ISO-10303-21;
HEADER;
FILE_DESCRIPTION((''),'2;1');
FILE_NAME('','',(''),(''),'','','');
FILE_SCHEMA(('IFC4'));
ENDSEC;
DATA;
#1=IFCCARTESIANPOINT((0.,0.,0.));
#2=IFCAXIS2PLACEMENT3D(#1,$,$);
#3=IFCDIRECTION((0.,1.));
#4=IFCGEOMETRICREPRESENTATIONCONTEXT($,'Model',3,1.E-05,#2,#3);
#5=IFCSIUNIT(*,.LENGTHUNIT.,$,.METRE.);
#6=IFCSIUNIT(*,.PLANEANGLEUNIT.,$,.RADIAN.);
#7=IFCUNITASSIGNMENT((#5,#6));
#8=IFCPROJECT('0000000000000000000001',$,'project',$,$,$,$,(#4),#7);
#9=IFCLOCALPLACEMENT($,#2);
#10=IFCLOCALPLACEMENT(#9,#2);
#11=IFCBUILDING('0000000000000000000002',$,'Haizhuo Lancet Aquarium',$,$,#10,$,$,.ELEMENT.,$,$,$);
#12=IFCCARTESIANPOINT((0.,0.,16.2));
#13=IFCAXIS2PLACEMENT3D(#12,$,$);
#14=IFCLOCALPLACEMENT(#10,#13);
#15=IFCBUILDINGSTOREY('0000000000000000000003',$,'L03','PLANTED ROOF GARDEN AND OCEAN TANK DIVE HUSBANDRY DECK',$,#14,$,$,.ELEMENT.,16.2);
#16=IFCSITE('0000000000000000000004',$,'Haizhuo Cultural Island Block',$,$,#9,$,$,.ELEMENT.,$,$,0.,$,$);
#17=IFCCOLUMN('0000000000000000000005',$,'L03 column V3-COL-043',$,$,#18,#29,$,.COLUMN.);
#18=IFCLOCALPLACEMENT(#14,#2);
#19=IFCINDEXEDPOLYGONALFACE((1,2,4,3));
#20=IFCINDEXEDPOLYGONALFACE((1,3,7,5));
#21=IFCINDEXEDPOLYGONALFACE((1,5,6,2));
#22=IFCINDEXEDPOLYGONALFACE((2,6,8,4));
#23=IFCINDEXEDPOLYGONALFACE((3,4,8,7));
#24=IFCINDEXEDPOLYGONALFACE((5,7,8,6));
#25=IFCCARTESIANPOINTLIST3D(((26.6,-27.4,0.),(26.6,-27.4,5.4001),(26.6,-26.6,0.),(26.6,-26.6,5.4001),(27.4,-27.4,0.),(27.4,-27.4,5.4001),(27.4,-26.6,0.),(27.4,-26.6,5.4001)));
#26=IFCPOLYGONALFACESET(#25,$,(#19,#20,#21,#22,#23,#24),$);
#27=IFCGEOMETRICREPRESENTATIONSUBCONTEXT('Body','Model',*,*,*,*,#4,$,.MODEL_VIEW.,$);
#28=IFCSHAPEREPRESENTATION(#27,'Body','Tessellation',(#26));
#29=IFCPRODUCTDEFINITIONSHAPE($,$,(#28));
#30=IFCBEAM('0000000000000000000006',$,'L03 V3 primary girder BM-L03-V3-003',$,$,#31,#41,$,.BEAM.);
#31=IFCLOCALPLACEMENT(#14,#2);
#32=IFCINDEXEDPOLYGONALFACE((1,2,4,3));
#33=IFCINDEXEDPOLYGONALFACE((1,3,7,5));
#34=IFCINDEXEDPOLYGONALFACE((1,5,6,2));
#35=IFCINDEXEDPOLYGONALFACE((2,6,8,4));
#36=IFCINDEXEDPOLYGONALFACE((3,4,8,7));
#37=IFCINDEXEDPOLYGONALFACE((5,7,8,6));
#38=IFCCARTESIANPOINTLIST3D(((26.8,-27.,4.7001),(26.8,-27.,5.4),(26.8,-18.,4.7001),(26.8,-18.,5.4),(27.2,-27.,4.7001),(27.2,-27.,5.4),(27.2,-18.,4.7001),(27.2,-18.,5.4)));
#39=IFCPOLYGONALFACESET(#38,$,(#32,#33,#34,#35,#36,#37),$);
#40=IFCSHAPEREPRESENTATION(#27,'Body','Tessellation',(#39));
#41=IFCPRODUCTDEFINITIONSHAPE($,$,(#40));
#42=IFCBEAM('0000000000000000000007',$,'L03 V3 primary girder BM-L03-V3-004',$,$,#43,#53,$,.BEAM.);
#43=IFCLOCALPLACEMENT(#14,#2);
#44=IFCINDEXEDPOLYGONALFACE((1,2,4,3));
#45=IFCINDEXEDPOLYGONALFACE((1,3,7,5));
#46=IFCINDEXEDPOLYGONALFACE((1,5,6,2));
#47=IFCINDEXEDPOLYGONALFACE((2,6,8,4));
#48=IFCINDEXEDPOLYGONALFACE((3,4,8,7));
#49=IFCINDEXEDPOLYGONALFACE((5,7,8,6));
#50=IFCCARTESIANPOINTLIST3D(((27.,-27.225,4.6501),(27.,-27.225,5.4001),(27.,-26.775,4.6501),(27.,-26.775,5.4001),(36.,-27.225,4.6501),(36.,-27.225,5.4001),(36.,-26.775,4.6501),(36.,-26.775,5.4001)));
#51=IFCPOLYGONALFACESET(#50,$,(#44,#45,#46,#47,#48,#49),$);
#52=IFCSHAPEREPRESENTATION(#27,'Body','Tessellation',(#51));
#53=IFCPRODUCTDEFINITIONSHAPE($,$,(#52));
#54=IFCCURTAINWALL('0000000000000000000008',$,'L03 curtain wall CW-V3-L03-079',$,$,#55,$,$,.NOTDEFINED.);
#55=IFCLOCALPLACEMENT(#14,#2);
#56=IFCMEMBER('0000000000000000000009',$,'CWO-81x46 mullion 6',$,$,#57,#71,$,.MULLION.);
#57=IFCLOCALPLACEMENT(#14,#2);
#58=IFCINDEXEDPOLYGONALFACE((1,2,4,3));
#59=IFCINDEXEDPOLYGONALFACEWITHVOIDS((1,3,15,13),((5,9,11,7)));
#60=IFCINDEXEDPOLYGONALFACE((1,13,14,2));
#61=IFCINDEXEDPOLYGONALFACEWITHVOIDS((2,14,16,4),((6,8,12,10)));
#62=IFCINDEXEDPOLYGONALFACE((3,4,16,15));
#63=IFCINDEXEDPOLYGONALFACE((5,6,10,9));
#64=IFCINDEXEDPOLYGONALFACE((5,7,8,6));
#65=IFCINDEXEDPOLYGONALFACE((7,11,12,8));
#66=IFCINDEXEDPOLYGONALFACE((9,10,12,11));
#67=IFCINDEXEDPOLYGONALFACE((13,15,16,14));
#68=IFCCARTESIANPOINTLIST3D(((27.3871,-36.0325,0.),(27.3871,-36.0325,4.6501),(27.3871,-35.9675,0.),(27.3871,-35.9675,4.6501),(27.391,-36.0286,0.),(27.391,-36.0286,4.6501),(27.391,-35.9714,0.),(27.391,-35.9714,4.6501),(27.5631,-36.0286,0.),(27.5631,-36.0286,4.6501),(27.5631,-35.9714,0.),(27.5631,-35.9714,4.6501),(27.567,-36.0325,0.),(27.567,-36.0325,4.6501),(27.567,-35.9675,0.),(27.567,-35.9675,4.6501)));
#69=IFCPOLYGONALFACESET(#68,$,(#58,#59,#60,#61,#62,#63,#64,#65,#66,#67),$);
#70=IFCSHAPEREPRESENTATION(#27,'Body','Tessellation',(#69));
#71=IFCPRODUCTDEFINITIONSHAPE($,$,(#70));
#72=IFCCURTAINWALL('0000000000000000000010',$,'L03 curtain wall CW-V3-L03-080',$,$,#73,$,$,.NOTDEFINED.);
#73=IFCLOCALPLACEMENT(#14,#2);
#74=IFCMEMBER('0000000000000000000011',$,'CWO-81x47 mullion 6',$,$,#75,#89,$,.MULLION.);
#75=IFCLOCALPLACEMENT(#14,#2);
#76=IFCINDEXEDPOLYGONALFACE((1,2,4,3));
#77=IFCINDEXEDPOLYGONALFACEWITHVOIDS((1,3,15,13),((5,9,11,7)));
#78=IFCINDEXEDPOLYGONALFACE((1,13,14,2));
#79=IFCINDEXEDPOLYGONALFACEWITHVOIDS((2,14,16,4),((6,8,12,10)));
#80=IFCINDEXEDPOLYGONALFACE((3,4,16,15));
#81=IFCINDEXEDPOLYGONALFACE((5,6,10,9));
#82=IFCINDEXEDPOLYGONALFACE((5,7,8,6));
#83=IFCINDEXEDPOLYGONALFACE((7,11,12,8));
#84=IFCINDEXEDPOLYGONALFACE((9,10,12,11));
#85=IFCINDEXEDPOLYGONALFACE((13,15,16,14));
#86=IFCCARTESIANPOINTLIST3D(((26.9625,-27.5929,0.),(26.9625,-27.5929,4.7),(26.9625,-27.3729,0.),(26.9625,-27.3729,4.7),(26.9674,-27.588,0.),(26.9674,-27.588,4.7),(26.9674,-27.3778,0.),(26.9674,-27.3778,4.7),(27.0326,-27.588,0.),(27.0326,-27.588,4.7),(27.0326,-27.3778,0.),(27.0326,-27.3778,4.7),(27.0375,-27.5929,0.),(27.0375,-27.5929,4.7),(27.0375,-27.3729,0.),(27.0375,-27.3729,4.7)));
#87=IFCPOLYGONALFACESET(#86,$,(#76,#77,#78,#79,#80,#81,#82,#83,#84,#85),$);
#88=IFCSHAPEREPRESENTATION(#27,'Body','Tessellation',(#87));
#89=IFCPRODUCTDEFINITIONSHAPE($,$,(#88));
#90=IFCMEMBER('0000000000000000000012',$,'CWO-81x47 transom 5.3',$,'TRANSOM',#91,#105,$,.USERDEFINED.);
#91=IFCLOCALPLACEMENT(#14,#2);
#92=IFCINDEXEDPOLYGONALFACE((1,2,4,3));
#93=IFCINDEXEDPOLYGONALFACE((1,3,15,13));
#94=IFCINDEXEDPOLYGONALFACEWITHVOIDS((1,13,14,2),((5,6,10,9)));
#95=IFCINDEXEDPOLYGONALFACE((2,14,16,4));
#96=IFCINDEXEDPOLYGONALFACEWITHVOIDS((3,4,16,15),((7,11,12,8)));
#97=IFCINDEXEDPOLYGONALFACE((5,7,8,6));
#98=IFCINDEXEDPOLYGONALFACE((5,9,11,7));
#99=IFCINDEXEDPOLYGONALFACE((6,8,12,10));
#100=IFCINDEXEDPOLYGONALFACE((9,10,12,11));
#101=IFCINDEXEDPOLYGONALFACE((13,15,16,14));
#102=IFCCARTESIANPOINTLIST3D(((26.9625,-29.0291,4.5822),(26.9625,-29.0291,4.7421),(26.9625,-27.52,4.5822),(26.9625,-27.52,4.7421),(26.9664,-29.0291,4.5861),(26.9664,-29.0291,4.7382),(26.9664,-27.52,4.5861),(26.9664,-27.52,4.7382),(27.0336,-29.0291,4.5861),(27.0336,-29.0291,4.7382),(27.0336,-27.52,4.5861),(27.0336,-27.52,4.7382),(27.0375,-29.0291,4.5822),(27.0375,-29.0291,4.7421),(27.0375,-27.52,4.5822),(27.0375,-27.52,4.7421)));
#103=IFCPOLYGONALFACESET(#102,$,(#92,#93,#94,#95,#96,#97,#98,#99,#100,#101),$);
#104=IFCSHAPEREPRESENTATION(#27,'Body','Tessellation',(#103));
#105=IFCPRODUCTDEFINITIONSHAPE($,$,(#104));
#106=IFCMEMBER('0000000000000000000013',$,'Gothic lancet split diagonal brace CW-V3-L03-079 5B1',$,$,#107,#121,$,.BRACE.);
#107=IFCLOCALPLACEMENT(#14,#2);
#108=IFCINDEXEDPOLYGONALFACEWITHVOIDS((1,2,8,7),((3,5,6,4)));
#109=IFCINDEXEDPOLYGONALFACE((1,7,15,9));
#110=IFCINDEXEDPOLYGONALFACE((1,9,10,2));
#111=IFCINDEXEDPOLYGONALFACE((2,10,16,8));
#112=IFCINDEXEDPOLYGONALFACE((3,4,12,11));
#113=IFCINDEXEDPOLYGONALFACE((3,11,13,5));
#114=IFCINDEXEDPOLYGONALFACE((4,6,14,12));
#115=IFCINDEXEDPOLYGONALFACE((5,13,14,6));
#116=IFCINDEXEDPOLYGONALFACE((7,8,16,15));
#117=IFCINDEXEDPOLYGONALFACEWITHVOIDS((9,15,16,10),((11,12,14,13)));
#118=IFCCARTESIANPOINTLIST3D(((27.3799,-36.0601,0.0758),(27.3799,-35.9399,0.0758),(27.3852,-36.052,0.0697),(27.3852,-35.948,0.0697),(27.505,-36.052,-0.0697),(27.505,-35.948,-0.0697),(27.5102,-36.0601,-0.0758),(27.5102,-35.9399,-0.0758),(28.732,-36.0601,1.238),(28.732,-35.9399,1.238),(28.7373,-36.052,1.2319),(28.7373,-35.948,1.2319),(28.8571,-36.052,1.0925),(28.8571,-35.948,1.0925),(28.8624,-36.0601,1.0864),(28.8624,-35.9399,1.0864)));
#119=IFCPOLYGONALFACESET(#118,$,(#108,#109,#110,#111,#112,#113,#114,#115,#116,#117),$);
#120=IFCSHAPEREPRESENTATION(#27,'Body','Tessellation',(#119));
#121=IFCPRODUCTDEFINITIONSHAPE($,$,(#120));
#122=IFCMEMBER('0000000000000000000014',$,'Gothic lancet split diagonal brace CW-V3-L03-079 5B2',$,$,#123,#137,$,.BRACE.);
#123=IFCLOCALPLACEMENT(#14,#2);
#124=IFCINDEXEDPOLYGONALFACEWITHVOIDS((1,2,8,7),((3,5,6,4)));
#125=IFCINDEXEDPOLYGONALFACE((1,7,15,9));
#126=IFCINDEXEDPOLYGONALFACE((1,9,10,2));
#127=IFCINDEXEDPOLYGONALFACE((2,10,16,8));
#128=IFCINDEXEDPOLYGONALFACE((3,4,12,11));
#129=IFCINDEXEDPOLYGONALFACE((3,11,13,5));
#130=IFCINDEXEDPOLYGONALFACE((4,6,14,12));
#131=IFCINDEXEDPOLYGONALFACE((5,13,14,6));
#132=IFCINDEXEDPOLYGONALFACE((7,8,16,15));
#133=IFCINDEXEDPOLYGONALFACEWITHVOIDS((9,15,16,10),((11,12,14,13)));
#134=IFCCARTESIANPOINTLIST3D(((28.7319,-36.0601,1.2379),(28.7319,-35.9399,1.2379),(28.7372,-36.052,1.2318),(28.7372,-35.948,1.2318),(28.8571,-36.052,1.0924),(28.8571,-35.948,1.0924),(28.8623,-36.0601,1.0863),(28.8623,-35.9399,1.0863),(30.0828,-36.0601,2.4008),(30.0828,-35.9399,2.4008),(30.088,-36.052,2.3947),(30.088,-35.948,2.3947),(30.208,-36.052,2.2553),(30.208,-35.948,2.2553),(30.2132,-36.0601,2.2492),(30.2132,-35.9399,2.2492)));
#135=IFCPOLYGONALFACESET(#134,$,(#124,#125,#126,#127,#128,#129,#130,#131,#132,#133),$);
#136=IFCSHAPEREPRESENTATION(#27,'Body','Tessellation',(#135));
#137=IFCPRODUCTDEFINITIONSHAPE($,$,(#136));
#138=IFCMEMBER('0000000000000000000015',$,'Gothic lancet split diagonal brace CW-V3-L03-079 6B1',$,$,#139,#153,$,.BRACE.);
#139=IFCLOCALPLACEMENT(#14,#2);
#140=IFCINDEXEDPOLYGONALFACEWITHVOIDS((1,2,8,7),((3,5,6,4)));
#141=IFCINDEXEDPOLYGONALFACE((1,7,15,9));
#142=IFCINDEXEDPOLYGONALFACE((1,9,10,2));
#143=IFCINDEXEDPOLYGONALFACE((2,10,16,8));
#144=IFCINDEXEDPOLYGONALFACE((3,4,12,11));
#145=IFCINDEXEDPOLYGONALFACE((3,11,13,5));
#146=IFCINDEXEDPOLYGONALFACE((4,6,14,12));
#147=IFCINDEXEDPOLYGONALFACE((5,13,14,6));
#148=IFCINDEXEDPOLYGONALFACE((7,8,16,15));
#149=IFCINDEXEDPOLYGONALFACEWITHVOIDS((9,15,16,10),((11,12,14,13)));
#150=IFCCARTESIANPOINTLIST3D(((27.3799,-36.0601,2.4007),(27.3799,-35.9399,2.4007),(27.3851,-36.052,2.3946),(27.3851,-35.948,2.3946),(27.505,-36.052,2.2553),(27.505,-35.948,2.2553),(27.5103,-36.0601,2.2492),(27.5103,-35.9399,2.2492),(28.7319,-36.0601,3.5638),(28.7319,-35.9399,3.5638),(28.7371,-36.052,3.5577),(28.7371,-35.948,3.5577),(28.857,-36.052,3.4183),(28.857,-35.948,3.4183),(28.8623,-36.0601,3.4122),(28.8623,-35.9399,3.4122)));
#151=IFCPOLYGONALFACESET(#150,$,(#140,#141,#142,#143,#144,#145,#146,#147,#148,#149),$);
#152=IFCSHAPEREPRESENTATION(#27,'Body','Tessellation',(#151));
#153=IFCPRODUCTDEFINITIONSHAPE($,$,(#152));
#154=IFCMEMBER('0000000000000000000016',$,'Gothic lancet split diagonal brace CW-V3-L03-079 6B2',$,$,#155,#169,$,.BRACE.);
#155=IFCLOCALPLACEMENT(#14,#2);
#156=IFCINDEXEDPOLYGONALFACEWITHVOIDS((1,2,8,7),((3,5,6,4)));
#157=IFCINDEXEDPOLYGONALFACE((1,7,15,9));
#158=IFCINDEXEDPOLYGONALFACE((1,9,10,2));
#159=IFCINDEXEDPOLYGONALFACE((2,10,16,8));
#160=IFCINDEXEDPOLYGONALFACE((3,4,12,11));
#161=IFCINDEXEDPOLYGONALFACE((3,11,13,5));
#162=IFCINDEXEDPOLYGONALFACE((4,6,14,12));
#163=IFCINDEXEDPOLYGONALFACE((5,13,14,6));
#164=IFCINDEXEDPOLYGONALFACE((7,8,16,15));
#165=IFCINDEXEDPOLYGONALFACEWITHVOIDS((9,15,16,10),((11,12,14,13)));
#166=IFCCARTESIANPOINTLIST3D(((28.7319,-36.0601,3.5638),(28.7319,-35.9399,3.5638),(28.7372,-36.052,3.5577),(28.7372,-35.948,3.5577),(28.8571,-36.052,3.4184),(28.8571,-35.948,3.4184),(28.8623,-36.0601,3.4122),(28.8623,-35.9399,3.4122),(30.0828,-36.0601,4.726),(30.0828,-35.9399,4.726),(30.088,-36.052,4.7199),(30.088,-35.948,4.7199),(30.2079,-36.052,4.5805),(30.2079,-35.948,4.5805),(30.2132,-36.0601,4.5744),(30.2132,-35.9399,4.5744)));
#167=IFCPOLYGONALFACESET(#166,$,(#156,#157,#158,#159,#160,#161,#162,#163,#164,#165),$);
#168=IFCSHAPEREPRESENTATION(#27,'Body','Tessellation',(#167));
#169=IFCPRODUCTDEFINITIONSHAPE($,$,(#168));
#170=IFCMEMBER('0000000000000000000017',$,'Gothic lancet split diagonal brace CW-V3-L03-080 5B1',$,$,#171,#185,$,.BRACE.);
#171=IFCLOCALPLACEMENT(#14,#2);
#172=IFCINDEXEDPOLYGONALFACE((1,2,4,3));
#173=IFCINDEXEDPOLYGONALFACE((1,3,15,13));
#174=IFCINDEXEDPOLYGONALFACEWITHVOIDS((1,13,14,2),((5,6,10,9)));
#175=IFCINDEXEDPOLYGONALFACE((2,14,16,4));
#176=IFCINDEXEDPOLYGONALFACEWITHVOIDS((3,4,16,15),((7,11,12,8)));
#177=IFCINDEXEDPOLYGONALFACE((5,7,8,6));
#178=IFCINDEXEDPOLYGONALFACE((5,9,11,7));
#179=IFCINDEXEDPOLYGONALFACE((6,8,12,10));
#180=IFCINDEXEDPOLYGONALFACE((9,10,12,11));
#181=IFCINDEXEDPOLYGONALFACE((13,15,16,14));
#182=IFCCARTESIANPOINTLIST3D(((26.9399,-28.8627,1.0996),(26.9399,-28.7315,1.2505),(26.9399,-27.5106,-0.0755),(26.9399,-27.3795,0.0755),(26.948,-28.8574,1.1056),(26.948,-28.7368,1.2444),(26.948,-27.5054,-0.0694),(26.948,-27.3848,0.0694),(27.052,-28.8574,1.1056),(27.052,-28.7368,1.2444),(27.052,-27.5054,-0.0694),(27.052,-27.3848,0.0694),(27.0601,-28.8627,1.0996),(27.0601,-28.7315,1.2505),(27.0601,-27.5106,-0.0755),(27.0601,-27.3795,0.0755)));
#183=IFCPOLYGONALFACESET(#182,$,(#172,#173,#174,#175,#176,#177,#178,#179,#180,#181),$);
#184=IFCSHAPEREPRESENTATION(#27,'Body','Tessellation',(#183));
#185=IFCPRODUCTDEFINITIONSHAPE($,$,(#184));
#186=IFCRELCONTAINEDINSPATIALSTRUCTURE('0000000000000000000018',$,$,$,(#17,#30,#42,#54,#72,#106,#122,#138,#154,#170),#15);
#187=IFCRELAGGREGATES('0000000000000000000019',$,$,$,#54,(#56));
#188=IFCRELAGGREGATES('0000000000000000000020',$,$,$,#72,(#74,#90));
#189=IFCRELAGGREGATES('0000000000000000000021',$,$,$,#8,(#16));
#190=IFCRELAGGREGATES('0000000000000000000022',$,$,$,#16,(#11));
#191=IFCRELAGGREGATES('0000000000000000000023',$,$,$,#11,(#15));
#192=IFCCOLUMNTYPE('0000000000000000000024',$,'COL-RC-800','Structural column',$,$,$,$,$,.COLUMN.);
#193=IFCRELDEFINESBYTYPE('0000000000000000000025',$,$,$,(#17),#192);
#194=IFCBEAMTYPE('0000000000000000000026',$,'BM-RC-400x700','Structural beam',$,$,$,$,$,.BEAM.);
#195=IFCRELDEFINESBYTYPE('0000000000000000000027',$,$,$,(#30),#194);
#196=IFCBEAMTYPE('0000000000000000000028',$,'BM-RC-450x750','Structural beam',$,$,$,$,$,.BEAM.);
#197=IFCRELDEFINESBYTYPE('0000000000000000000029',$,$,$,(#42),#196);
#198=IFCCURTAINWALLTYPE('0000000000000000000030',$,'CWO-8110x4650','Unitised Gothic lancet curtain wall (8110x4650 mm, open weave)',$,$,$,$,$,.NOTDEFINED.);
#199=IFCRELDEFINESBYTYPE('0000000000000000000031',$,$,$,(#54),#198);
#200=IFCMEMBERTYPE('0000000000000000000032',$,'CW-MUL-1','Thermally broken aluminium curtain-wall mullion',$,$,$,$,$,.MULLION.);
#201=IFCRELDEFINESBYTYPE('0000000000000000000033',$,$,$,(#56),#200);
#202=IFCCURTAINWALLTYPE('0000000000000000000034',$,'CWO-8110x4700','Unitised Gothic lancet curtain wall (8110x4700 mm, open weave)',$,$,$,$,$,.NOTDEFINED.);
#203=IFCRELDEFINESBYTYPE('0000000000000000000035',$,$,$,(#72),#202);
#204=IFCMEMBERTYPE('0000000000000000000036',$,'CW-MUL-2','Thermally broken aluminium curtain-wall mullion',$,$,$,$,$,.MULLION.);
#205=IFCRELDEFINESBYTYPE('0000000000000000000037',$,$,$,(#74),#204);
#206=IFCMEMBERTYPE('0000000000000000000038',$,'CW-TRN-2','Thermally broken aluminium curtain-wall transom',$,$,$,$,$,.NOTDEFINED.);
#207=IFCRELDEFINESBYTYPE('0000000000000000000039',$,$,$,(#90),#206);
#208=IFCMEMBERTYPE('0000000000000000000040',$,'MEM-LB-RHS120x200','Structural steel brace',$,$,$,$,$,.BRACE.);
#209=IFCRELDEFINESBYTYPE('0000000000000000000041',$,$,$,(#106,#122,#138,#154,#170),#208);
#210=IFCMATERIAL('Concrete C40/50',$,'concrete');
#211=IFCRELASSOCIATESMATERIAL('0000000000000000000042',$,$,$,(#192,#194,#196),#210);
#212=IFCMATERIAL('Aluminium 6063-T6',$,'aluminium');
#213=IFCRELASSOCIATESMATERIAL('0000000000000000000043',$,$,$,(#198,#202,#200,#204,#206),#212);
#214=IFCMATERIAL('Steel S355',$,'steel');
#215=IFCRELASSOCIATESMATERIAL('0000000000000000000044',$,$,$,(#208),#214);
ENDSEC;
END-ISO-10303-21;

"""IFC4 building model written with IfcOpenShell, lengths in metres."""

from ifc_helpers import new_model, si_unit, direction, frame, origin, origin_2d, place, context, subcontext, project, spatial, rectangle, hollow_rectangle, extrude, material, material_profile, profile_set, type_object, element, aggregate, save


model = new_model("IFC4")

# Units and contexts
model_context = context("Model", 3, precision=1e-05, world=origin(), true_north=direction((0.0, 1.0)))
body_context = subcontext(model_context, "Body", "Model", "MODEL_VIEW")
ifc_project = project(units=[si_unit("LENGTHUNIT", "METRE"), si_unit("PLANEANGLEUNIT", "RADIAN")], contexts=[model_context])

# Site, building, storey
site_placement = place(None, origin())
site = spatial("IfcSite", under=ifc_project, at=site_placement, Name="Haizhuo Cultural Island Block", CompositionType="ELEMENT", RefElevation=0.0)
building_placement = place(site_placement, origin())
building = spatial("IfcBuilding", under=site, at=building_placement, Name="Haizhuo Lancet Aquarium", CompositionType="ELEMENT")
storey_placement = place(building_placement, frame((0.0, 0.0, 16.2)))
storey = spatial("IfcBuildingStorey", under=building, at=storey_placement, Name="L03", Description="PLANTED ROOF GARDEN AND OCEAN TANK DIVE HUSBANDRY DECK", CompositionType="ELEMENT", Elevation=16.2)

# Column
ifc_material_1 = material(Name="Concrete C40/50", Category="concrete")
ifc_material_profile_1 = material_profile(ifc_material_1, rectangle(XDim=0.8, YDim=0.8, at=origin_2d()), Name="RC-COL 800x800")
ifc_profile_set_1 = profile_set([ifc_material_profile_1], Name="Concrete C40/50")
column_type = type_object("IfcColumnType", Name="COL-RC-800", Description="Structural column", PredefinedType="COLUMN", material=ifc_profile_set_1)
column_placement = place(storey_placement, frame((27.0, -27.0, 0.0), z_axis=(0.0, 0.0, 1.0), x_axis=(1.0, 0.0, 0.0)))
element("IfcColumn", 1, at=column_placement, inside=storey, type_object=column_type, Name="L03 column V3-COL-043", PredefinedType="COLUMN", context=body_context, shape_type="SweptSolid", body=[
    extrude(rectangle(XDim=0.8, YDim=0.8, at=origin_2d()), origin(), (0.0, 0.0, 1.0), 5.4001),
])

# Beams
ifc_material_profile_2 = material_profile(ifc_material_1, rectangle(XDim=0.3999, YDim=0.7, at=origin_2d()), Name="RC-BM 400x700")
ifc_profile_set_2 = profile_set([ifc_material_profile_2], Name="Concrete C40/50")
beam_type_1 = type_object("IfcBeamType", Name="BM-RC-400x700", Description="Structural beam", PredefinedType="BEAM", material=ifc_profile_set_2)
beam_1_placement = place(storey_placement, frame((27.0, -27.0, 5.05), z_axis=(0.0, 1.0, 0.0), x_axis=(-1.0, 0.0, 0.0)))
element("IfcBeam", 2, at=beam_1_placement, inside=storey, type_object=beam_type_1, Name="L03 V3 primary girder BM-L03-V3-003", PredefinedType="BEAM", context=body_context, shape_type="SweptSolid", body=[
    extrude(rectangle(XDim=0.3999, YDim=0.7, at=origin_2d()), origin(), (0.0, 0.0, 1.0), 9.0),
])
ifc_material_profile_3 = material_profile(ifc_material_1, rectangle(XDim=0.45, YDim=0.75, at=origin_2d()), Name="RC-BM 450x750")
ifc_profile_set_3 = profile_set([ifc_material_profile_3], Name="Concrete C40/50")
beam_type_2 = type_object("IfcBeamType", Name="BM-RC-450x750", Description="Structural beam", PredefinedType="BEAM", material=ifc_profile_set_3)
beam_2_placement = place(storey_placement, frame((27.0, -27.0, 5.0251), z_axis=(1.0, 0.0, 0.0), x_axis=(0.0, 1.0, 0.0)))
element("IfcBeam", 3, at=beam_2_placement, inside=storey, type_object=beam_type_2, Name="L03 V3 primary girder BM-L03-V3-004", PredefinedType="BEAM", context=body_context, shape_type="SweptSolid", body=[
    extrude(rectangle(XDim=0.45, YDim=0.75, at=origin_2d()), origin(), (0.0, 0.0, 1.0), 9.0),
])

# Curtain wall, member
ifc_material_2 = material(Name="Aluminium 6063-T6", Category="aluminium")
curtain_wall_type_1 = type_object("IfcCurtainWallType", Name="CWO-8110x4650", Description="Unitised Gothic lancet curtain wall (8110x4650 mm, open weave)", PredefinedType="NOTDEFINED", material=ifc_material_2)
curtain_wall_1_placement = place(storey_placement, origin())
curtain_wall_1 = element("IfcCurtainWall", 4, at=curtain_wall_1_placement, inside=storey, type_object=curtain_wall_type_1, Name="L03 curtain wall CW-V3-L03-079", PredefinedType="NOTDEFINED")
ifc_material_profile_4 = material_profile(ifc_material_2, hollow_rectangle(XDim=0.0649, YDim=0.1799, WallThickness=0.0039, at=origin_2d()), Name="ALU-M 65x180x4")
ifc_profile_set_4 = profile_set([ifc_material_profile_4], Name="Aluminium 6063-T6")
member_type_1 = type_object("IfcMemberType", Name="CW-MUL-1", Description="Thermally broken aluminium curtain-wall mullion", PredefinedType="MULLION", material=ifc_profile_set_4)
member_1_placement = place(storey_placement, frame((27.4771, -36.0, 0.0), z_axis=(0.0, 0.0, 1.0), x_axis=(0.0, -1.0, 0.0)))
member_1 = element("IfcMember", 5, at=member_1_placement, type_object=member_type_1, Name="CWO-81x46 mullion 6", PredefinedType="MULLION", context=body_context, shape_type="SweptSolid", body=[
    extrude(hollow_rectangle(XDim=0.0649, YDim=0.1799, WallThickness=0.0039, at=origin_2d()), origin(), (0.0, 0.0, 1.0), 4.6501),
])

# Curtain wall, members
curtain_wall_type_2 = type_object("IfcCurtainWallType", Name="CWO-8110x4700", Description="Unitised Gothic lancet curtain wall (8110x4700 mm, open weave)", PredefinedType="NOTDEFINED", material=ifc_material_2)
curtain_wall_2_placement = place(storey_placement, origin())
curtain_wall_2 = element("IfcCurtainWall", 6, at=curtain_wall_2_placement, inside=storey, type_object=curtain_wall_type_2, Name="L03 curtain wall CW-V3-L03-080", PredefinedType="NOTDEFINED")
ifc_material_profile_5 = material_profile(ifc_material_2, hollow_rectangle(XDim=0.075, YDim=0.22, WallThickness=0.0049, at=origin_2d()), Name="ALU-M 75x220x5")
ifc_profile_set_5 = profile_set([ifc_material_profile_5], Name="Aluminium 6063-T6")
member_type_2 = type_object("IfcMemberType", Name="CW-MUL-2", Description="Thermally broken aluminium curtain-wall mullion", PredefinedType="MULLION", material=ifc_profile_set_5)
member_2_placement = place(storey_placement, frame((27.0, -27.4829, 0.0), z_axis=(0.0, 0.0, 1.0), x_axis=(-1.0, 0.0, 0.0)))
member_2 = element("IfcMember", 7, at=member_2_placement, type_object=member_type_2, Name="CWO-81x47 mullion 6", PredefinedType="MULLION", context=body_context, shape_type="SweptSolid", body=[
    extrude(hollow_rectangle(XDim=0.075, YDim=0.22, WallThickness=0.0049, at=origin_2d()), origin(), (0.0, 0.0, 1.0), 4.7),
])
ifc_material_profile_6 = material_profile(ifc_material_2, hollow_rectangle(XDim=0.075, YDim=0.1599, WallThickness=0.0039, at=origin_2d()), Name="ALU-T 75x160x4")
ifc_profile_set_6 = profile_set([ifc_material_profile_6], Name="Aluminium 6063-T6")
member_type_3 = type_object("IfcMemberType", Name="CW-TRN-2", Description="Thermally broken aluminium curtain-wall transom", PredefinedType="NOTDEFINED", material=ifc_profile_set_6)
member_3_placement = place(storey_placement, frame((27.0, -29.0291, 4.6621), z_axis=(0.0, 1.0, 0.0), x_axis=(-1.0, 0.0, 0.0)))
member_3 = element("IfcMember", 8, at=member_3_placement, type_object=member_type_3, Name="CWO-81x47 transom 5.3", ObjectType="TRANSOM", PredefinedType="USERDEFINED", context=body_context, shape_type="SweptSolid", body=[
    extrude(hollow_rectangle(XDim=0.075, YDim=0.1599, WallThickness=0.0039, at=origin_2d()), origin(), (0.0, 0.0, 1.0), 1.509),
])

# Members
ifc_material_3 = material(Name="Steel S355", Category="steel")
ifc_material_profile_7 = material_profile(ifc_material_3, hollow_rectangle(XDim=0.1201, YDim=0.2, WallThickness=0.0081, at=origin_2d()), Name="RHS 120x200x8")
ifc_profile_set_7 = profile_set([ifc_material_profile_7], Name="Steel S355")
member_type_4 = type_object("IfcMemberType", Name="MEM-LB-RHS120x200", Description="Structural steel brace", PredefinedType="BRACE", material=ifc_profile_set_7)
member_4_placement = place(storey_placement, frame((27.4451, -36.0, 0.0), z_axis=(0.758367, 0.0, 0.651828), x_axis=(0.0, 1.0, 0.0)))
element("IfcMember", 9, at=member_4_placement, inside=storey, type_object=member_type_4, Name="Gothic lancet split diagonal brace CW-V3-L03-079 5B1", PredefinedType="BRACE", context=body_context, shape_type="SweptSolid", body=[
    extrude(hollow_rectangle(XDim=0.1201, YDim=0.2, WallThickness=0.0081, at=origin_2d()), origin(), (0.0, 0.0, 1.0), 1.783),
])
member_5_placement = place(storey_placement, frame((28.7971, -36.0, 1.1621), z_axis=(0.757872, 0.0, 0.652403), x_axis=(0.0, 1.0, 0.0)))
element("IfcMember", 10, at=member_5_placement, inside=storey, type_object=member_type_4, Name="Gothic lancet split diagonal brace CW-V3-L03-079 5B2", PredefinedType="BRACE", context=body_context, shape_type="SweptSolid", body=[
    extrude(hollow_rectangle(XDim=0.1201, YDim=0.2, WallThickness=0.0081, at=origin_2d()), origin(), (0.0, 0.0, 1.0), 1.7825),
])
member_6_placement = place(storey_placement, frame((27.4451, -36.0, 2.325), z_axis=(0.758096, 0.0, 0.652143), x_axis=(0.0, 1.0, 0.0)))
element("IfcMember", 11, at=member_6_placement, inside=storey, type_object=member_type_4, Name="Gothic lancet split diagonal brace CW-V3-L03-079 6B1", PredefinedType="BRACE", context=body_context, shape_type="SweptSolid", body=[
    extrude(hollow_rectangle(XDim=0.1201, YDim=0.2, WallThickness=0.0081, at=origin_2d()), origin(), (0.0, 0.0, 1.0), 1.7834),
])
member_7_placement = place(storey_placement, frame((28.7971, -36.0, 3.488), z_axis=(0.758075, 0.0, 0.652167), x_axis=(0.0, 1.0, 0.0)))
element("IfcMember", 12, at=member_7_placement, inside=storey, type_object=member_type_4, Name="Gothic lancet split diagonal brace CW-V3-L03-079 6B2", PredefinedType="BRACE", context=body_context, shape_type="SweptSolid", body=[
    extrude(hollow_rectangle(XDim=0.1201, YDim=0.2, WallThickness=0.0081, at=origin_2d()), origin(), (0.0, 0.0, 1.0), 1.782),
])
member_8_placement = place(storey_placement, frame((27.0, -27.4451, 0.0), z_axis=(0.0, -0.754784, 0.655973), x_axis=(1.0, 0.0, 0.0)))
element("IfcMember", 13, at=member_8_placement, inside=storey, type_object=member_type_4, Name="Gothic lancet split diagonal brace CW-V3-L03-080 5B1", PredefinedType="BRACE", context=body_context, shape_type="SweptSolid", body=[
    extrude(hollow_rectangle(XDim=0.1201, YDim=0.2, WallThickness=0.0081, at=origin_2d()), origin(), (0.0, 0.0, 1.0), 1.7913),
])

aggregate(curtain_wall_1, [member_1])
aggregate(curtain_wall_2, [member_2, member_3])

save(model, "model.ifc")
